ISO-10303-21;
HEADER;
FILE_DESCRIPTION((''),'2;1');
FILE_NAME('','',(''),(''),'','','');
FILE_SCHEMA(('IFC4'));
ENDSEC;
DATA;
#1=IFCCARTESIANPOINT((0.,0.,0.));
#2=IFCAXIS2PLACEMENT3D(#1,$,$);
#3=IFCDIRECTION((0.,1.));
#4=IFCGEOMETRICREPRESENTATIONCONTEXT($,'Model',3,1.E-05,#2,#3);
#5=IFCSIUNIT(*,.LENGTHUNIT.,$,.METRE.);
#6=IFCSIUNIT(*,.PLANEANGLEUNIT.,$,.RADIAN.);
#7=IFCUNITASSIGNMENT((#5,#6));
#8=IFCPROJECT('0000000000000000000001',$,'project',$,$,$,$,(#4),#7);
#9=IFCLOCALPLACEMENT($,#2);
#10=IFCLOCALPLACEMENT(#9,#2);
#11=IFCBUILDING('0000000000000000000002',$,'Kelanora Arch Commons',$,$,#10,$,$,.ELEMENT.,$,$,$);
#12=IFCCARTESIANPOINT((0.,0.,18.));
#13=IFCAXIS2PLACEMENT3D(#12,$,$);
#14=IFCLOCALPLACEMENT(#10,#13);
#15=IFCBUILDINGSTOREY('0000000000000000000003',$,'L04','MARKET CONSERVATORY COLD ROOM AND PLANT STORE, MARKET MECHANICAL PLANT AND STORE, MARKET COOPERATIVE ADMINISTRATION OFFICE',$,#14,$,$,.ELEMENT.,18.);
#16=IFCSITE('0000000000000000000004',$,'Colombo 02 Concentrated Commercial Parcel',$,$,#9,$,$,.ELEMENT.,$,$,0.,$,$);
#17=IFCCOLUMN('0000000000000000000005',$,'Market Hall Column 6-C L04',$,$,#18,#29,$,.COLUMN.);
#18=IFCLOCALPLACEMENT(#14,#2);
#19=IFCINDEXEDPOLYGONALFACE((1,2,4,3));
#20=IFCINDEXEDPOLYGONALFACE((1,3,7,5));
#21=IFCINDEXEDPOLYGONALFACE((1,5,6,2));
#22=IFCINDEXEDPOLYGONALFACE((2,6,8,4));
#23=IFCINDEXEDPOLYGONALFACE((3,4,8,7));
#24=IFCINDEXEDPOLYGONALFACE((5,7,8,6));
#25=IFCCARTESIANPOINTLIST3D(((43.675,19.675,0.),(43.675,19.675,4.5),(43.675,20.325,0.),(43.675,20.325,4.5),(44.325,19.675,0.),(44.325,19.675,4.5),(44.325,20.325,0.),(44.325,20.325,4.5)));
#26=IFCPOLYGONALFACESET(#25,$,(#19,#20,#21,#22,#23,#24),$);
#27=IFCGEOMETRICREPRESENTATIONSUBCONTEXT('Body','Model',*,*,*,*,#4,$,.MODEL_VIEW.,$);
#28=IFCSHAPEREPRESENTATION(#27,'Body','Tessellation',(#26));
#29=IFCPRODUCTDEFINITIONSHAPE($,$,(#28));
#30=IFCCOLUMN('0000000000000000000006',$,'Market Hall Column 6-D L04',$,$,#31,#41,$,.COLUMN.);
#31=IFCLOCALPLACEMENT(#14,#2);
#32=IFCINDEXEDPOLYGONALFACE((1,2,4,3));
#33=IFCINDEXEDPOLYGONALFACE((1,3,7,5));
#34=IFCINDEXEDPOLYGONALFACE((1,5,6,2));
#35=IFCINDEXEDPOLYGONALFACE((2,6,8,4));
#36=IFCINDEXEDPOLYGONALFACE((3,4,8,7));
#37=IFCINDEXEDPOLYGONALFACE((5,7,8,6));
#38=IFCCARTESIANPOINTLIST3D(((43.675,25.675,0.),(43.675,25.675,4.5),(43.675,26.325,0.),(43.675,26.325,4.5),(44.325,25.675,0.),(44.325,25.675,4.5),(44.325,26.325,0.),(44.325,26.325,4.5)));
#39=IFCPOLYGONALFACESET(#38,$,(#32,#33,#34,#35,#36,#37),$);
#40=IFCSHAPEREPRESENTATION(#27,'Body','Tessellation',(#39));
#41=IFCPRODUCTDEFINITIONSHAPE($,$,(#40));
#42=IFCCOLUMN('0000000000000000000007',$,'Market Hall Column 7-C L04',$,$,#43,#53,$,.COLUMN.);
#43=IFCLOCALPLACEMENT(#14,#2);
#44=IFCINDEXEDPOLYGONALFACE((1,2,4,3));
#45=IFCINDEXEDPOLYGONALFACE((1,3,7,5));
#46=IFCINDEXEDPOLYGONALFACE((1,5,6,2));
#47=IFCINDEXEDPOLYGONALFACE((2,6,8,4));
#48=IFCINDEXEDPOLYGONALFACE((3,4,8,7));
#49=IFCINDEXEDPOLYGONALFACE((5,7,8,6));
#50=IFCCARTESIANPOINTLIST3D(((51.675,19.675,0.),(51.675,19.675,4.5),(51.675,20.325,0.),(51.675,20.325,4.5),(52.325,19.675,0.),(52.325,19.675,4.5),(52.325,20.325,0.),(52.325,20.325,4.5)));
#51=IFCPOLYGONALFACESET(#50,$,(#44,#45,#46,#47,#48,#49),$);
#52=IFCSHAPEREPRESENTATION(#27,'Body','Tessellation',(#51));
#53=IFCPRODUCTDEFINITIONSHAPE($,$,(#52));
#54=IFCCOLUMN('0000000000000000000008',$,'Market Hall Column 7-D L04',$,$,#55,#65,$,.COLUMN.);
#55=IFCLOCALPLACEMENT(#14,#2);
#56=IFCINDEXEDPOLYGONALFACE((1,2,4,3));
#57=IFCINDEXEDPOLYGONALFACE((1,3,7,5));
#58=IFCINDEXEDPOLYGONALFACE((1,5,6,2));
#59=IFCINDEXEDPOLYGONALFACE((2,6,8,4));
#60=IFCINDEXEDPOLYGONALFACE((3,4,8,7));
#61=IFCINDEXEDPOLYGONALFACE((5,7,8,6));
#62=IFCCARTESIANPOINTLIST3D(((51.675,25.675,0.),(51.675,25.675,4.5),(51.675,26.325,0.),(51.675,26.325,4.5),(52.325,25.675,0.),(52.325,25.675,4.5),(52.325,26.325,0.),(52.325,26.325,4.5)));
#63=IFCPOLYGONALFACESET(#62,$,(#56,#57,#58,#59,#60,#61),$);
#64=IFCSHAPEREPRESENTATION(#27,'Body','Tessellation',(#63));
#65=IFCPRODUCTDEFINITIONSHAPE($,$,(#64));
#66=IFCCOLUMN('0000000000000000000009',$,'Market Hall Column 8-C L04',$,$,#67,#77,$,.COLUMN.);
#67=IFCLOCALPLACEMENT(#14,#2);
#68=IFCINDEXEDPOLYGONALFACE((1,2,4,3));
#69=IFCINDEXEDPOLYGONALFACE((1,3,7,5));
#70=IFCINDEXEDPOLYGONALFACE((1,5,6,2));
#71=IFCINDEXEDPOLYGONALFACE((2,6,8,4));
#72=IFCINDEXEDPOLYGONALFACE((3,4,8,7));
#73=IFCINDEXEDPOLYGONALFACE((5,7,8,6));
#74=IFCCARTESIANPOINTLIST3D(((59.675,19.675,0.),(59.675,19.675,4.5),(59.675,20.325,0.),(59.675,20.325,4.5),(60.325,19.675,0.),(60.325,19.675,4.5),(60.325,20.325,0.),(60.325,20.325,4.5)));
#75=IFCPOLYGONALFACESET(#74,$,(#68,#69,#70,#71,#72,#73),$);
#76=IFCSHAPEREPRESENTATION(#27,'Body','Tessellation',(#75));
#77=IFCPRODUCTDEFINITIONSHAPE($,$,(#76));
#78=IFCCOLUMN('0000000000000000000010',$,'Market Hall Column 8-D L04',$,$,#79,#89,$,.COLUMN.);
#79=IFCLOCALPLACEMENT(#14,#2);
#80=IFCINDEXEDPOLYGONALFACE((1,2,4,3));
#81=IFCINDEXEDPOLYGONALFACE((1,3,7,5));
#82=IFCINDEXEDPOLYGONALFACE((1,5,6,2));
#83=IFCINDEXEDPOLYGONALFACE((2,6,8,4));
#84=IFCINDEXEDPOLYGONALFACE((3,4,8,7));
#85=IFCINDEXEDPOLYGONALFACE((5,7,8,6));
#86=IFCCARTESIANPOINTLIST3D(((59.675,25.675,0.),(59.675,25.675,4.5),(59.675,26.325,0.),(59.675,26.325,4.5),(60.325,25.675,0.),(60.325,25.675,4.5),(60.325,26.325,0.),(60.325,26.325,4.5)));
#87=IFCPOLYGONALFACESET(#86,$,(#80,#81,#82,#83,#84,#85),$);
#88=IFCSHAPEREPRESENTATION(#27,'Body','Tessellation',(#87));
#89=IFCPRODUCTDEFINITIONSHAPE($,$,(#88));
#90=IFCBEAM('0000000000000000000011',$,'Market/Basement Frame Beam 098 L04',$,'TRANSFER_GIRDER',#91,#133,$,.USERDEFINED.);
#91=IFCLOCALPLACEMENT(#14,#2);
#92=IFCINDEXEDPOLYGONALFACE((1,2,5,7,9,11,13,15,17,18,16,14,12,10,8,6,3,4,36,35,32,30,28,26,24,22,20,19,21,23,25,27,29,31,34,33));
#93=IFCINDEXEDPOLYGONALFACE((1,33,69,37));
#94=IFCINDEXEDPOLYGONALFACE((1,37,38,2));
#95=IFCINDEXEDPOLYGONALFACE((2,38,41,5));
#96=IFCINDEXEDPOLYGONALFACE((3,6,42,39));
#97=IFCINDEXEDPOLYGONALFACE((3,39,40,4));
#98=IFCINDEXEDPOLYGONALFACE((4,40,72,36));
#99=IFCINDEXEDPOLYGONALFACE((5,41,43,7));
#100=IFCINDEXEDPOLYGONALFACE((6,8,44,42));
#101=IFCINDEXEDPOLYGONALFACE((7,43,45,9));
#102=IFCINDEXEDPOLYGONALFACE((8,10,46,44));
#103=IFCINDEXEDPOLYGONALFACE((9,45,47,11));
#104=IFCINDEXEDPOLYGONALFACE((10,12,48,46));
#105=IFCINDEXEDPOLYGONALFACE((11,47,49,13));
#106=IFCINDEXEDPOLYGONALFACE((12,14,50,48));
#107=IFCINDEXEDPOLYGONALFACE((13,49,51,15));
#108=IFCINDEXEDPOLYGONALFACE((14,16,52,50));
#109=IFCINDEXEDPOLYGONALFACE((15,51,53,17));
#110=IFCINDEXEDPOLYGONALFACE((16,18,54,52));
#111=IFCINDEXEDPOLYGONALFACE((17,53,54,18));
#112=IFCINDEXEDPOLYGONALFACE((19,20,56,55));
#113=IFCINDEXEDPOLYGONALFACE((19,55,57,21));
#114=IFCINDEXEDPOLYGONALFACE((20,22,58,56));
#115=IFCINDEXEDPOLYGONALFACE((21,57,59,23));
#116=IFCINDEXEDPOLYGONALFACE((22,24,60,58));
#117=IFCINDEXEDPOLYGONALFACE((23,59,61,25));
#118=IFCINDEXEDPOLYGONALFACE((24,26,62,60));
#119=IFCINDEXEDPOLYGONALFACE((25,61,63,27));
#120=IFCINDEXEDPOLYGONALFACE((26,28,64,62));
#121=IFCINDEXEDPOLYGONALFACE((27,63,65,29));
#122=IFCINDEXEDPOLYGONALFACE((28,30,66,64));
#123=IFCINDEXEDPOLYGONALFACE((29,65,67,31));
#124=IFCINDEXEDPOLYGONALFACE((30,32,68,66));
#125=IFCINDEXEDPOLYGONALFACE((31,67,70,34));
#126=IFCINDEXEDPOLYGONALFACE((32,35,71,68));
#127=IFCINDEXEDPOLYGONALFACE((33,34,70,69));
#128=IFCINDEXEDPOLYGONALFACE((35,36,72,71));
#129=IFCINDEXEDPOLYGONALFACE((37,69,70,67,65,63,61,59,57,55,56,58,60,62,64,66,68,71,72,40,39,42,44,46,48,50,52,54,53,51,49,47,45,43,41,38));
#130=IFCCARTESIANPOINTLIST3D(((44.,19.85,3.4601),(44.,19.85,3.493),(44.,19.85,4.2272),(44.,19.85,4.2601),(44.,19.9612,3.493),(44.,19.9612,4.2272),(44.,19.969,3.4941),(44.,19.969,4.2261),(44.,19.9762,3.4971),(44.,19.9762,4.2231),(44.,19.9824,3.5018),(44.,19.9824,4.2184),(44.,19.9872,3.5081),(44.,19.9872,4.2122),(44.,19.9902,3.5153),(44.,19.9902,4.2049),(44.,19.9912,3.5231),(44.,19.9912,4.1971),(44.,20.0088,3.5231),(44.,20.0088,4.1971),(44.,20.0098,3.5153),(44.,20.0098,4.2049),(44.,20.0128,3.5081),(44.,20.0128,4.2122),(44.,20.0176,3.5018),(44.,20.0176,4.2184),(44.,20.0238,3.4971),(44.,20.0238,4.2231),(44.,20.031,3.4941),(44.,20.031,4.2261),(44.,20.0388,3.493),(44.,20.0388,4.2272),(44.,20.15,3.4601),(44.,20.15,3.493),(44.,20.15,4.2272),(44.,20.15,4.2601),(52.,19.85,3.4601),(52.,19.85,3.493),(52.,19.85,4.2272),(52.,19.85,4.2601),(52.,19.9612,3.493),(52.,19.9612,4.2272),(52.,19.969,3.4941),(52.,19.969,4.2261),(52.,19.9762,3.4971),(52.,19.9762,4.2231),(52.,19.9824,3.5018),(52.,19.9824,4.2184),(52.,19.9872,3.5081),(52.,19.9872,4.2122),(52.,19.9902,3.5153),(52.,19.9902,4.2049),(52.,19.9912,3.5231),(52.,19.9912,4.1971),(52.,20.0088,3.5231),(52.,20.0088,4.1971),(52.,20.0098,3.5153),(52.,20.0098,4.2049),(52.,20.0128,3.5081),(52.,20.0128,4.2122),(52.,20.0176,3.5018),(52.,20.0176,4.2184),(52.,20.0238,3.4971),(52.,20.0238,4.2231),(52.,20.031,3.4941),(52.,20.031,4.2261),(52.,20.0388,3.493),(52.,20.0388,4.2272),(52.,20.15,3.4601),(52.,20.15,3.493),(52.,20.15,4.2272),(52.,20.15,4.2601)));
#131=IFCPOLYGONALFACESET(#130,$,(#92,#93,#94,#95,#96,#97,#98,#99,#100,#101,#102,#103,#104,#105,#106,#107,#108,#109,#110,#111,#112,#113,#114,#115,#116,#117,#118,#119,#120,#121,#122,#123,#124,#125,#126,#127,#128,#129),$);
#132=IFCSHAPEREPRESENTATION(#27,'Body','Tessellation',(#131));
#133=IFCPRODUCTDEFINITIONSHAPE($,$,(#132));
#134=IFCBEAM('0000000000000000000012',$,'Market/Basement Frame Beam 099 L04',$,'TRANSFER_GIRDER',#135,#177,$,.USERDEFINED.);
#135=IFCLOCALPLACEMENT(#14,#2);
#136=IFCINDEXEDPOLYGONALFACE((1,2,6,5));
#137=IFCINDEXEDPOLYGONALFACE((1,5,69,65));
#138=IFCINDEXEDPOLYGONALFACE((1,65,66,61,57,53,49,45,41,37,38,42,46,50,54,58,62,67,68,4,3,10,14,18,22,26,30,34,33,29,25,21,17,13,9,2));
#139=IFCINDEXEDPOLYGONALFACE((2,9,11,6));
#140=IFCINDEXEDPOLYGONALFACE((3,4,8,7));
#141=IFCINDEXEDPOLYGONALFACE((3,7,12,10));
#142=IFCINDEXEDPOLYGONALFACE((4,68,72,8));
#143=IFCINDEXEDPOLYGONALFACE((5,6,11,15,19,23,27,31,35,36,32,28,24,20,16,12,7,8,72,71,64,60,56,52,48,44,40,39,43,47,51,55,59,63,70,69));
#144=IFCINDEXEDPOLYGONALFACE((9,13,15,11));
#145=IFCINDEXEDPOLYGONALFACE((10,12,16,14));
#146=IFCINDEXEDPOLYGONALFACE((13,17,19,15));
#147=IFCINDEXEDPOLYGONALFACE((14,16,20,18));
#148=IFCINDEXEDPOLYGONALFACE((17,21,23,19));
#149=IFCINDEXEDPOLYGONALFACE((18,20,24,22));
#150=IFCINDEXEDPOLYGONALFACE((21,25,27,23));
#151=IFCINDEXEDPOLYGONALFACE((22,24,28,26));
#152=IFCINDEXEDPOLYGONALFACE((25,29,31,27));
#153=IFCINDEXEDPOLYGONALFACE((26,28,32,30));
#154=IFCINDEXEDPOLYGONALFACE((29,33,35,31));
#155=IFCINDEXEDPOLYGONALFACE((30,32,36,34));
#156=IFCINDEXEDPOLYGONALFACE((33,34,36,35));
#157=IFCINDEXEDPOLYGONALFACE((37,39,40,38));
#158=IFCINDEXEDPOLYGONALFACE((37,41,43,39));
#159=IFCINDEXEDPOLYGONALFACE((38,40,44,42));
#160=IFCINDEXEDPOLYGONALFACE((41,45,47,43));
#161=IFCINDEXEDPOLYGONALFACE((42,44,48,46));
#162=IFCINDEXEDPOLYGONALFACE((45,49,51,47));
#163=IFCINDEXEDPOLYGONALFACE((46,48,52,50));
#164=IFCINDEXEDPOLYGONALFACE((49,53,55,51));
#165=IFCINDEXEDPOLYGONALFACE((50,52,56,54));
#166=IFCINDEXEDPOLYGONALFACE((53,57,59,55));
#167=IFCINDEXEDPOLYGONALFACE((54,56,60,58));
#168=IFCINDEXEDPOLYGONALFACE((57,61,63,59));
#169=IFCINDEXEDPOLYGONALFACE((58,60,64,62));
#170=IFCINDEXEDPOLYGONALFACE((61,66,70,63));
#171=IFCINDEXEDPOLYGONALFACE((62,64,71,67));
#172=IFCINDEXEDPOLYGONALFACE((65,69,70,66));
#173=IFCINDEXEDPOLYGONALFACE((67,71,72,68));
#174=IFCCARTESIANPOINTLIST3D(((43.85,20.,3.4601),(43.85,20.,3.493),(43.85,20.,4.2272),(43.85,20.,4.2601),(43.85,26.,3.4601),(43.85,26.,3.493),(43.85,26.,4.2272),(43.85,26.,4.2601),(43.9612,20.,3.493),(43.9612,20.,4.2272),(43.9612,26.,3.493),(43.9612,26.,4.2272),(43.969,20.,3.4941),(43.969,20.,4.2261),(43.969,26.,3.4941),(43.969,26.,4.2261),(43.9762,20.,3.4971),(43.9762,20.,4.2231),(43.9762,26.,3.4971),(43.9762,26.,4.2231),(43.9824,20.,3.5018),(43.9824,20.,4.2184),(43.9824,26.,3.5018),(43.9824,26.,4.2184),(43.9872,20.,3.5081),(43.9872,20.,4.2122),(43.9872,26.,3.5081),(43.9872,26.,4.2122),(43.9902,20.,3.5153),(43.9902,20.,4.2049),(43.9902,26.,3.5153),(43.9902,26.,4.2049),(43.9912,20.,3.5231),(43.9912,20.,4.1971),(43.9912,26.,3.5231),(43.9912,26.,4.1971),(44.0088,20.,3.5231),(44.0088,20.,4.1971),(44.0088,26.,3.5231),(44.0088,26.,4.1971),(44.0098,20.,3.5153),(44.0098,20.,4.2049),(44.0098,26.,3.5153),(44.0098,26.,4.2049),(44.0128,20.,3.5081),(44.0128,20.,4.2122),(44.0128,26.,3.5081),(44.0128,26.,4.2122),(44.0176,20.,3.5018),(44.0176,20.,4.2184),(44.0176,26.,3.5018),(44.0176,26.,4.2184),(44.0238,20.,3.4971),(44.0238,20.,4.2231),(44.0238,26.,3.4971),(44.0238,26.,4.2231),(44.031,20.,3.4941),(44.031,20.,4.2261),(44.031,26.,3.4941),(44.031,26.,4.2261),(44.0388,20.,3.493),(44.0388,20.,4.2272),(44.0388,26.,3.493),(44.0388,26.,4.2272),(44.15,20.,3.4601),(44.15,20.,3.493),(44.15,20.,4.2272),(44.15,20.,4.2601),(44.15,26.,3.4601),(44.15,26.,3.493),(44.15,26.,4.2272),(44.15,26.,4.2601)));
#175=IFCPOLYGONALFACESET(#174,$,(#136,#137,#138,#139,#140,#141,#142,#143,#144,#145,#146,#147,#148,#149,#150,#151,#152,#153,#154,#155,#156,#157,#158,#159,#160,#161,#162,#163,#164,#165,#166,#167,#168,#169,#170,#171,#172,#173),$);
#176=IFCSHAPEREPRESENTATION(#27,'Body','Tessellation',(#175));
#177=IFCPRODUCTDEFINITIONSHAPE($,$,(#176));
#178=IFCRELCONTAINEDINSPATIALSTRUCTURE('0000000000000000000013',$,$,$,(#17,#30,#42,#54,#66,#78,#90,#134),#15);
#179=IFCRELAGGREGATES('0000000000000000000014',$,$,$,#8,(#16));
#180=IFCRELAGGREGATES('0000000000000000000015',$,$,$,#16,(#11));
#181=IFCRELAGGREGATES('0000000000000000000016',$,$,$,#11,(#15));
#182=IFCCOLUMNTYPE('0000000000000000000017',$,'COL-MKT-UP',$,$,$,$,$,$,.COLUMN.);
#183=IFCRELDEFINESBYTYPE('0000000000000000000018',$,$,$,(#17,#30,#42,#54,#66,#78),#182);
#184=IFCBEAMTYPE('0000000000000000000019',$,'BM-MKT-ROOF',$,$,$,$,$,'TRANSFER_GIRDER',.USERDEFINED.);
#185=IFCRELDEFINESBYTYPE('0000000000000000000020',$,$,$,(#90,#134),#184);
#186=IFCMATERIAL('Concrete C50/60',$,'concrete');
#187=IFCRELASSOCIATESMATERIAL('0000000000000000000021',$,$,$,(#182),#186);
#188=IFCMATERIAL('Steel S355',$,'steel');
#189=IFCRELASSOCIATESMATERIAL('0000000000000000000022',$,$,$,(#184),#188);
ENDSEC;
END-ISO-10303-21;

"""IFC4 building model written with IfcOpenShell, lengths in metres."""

from ifc_helpers import new_model, si_unit, direction, frame, origin, origin_2d, place, context, subcontext, project, spatial, rectangle, i_section, extrude, material, material_profile, profile_set, type_object, element, save


model = new_model("IFC4")

# Units and contexts
model_context = context("Model", 3, precision=1e-05, world=origin(), true_north=direction((0.0, 1.0)))
body_context = subcontext(model_context, "Body", "Model", "MODEL_VIEW")
ifc_project = project(units=[si_unit("LENGTHUNIT", "METRE"), si_unit("PLANEANGLEUNIT", "RADIAN")], contexts=[model_context])

# Site, building, storey
site_placement = place(None, origin())
site = spatial("IfcSite", under=ifc_project, at=site_placement, Name="Colombo 02 Concentrated Commercial Parcel", CompositionType="ELEMENT", RefElevation=0.0)
building_placement = place(site_placement, origin())
building = spatial("IfcBuilding", under=site, at=building_placement, Name="Kelanora Arch Commons", CompositionType="ELEMENT")
storey_placement = place(building_placement, frame((0.0, 0.0, 18.0)))
storey = spatial("IfcBuildingStorey", under=building, at=storey_placement, Name="L04", Description="MARKET CONSERVATORY COLD ROOM AND PLANT STORE, MARKET MECHANICAL PLANT AND STORE, MARKET COOPERATIVE ADMINISTRATION OFFICE", CompositionType="ELEMENT", Elevation=18.0)

# Columns
ifc_material_1 = material(Name="Concrete C50/60", Category="concrete")
ifc_material_profile_1 = material_profile(ifc_material_1, rectangle(XDim=0.6499, YDim=0.6499, at=origin_2d()), Name="RC650x650")
ifc_profile_set_1 = profile_set([ifc_material_profile_1], Name="Concrete C50/60")
column_type = type_object("IfcColumnType", Name="COL-MKT-UP", PredefinedType="COLUMN", material=ifc_profile_set_1)
for number, where, z_axis, x_axis, name in (
    (1, (44.0, 20.0, 0.0), (0.0, 0.0, 1.0), (1.0, 0.0, 0.0), "Market Hall Column 6-C L04"),
    (2, (44.0, 26.0, 0.0), (0.0, 0.0, 1.0), (1.0, 0.0, 0.0), "Market Hall Column 6-D L04"),
    (3, (52.0, 20.0, 0.0), (0.0, 0.0, 1.0), (1.0, 0.0, 0.0), "Market Hall Column 7-C L04"),
    (4, (52.0, 26.0, 0.0), (0.0, 0.0, 1.0), (1.0, 0.0, 0.0), "Market Hall Column 7-D L04"),
    (5, (60.0, 20.0, 0.0), (0.0, 0.0, 1.0), (1.0, 0.0, 0.0), "Market Hall Column 8-C L04"),
    (6, (60.0, 26.0, 0.0), (0.0, 0.0, 1.0), (1.0, 0.0, 0.0), "Market Hall Column 8-D L04"),
):
    element("IfcColumn", number, at=place(storey_placement, frame(where, z_axis=z_axis, x_axis=x_axis)), inside=storey, type_object=column_type, Name=name, PredefinedType="COLUMN", context=body_context, shape_type="SweptSolid", body=[
        extrude(rectangle(XDim=0.6499, YDim=0.6499, at=origin_2d()), origin(), (0.0, 0.0, 1.0), 4.5),
    ])

# Beams
ifc_material_2 = material(Name="Steel S355", Category="steel")
ifc_material_profile_2 = material_profile(ifc_material_2, i_section(OverallWidth=0.3, OverallDepth=0.8, WebThickness=0.0176, FlangeThickness=0.033, FilletRadius=0.03, at=origin_2d()), Name="HEB800")
ifc_profile_set_2 = profile_set([ifc_material_profile_2], Name="Steel S355")
beam_type = type_object("IfcBeamType", Name="BM-MKT-ROOF", ElementType="TRANSFER_GIRDER", PredefinedType="USERDEFINED", material=ifc_profile_set_2)
beam_1_placement = place(storey_placement, frame((44.0, 20.0, 3.8601), z_axis=(1.0, 0.0, 0.0), x_axis=(0.0, 1.0, 0.0)))
element("IfcBeam", 7, at=beam_1_placement, inside=storey, type_object=beam_type, Name="Market/Basement Frame Beam 098 L04", ObjectType="TRANSFER_GIRDER", PredefinedType="USERDEFINED", context=body_context, shape_type="SweptSolid", body=[
    extrude(i_section(OverallWidth=0.3, OverallDepth=0.8, WebThickness=0.0176, FlangeThickness=0.033, FilletRadius=0.03, at=origin_2d()), origin(), (0.0, 0.0, 1.0), 8.0),
])
beam_2_placement = place(storey_placement, frame((44.0, 20.0, 3.8601), z_axis=(0.0, 1.0, 0.0), x_axis=(-1.0, 0.0, 0.0)))
element("IfcBeam", 8, at=beam_2_placement, inside=storey, type_object=beam_type, Name="Market/Basement Frame Beam 099 L04", ObjectType="TRANSFER_GIRDER", PredefinedType="USERDEFINED", context=body_context, shape_type="SweptSolid", body=[
    extrude(i_section(OverallWidth=0.3, OverallDepth=0.8, WebThickness=0.0176, FlangeThickness=0.033, FilletRadius=0.03, at=origin_2d()), origin(), (0.0, 0.0, 1.0), 6.0),
])

save(model, "model.ifc")
